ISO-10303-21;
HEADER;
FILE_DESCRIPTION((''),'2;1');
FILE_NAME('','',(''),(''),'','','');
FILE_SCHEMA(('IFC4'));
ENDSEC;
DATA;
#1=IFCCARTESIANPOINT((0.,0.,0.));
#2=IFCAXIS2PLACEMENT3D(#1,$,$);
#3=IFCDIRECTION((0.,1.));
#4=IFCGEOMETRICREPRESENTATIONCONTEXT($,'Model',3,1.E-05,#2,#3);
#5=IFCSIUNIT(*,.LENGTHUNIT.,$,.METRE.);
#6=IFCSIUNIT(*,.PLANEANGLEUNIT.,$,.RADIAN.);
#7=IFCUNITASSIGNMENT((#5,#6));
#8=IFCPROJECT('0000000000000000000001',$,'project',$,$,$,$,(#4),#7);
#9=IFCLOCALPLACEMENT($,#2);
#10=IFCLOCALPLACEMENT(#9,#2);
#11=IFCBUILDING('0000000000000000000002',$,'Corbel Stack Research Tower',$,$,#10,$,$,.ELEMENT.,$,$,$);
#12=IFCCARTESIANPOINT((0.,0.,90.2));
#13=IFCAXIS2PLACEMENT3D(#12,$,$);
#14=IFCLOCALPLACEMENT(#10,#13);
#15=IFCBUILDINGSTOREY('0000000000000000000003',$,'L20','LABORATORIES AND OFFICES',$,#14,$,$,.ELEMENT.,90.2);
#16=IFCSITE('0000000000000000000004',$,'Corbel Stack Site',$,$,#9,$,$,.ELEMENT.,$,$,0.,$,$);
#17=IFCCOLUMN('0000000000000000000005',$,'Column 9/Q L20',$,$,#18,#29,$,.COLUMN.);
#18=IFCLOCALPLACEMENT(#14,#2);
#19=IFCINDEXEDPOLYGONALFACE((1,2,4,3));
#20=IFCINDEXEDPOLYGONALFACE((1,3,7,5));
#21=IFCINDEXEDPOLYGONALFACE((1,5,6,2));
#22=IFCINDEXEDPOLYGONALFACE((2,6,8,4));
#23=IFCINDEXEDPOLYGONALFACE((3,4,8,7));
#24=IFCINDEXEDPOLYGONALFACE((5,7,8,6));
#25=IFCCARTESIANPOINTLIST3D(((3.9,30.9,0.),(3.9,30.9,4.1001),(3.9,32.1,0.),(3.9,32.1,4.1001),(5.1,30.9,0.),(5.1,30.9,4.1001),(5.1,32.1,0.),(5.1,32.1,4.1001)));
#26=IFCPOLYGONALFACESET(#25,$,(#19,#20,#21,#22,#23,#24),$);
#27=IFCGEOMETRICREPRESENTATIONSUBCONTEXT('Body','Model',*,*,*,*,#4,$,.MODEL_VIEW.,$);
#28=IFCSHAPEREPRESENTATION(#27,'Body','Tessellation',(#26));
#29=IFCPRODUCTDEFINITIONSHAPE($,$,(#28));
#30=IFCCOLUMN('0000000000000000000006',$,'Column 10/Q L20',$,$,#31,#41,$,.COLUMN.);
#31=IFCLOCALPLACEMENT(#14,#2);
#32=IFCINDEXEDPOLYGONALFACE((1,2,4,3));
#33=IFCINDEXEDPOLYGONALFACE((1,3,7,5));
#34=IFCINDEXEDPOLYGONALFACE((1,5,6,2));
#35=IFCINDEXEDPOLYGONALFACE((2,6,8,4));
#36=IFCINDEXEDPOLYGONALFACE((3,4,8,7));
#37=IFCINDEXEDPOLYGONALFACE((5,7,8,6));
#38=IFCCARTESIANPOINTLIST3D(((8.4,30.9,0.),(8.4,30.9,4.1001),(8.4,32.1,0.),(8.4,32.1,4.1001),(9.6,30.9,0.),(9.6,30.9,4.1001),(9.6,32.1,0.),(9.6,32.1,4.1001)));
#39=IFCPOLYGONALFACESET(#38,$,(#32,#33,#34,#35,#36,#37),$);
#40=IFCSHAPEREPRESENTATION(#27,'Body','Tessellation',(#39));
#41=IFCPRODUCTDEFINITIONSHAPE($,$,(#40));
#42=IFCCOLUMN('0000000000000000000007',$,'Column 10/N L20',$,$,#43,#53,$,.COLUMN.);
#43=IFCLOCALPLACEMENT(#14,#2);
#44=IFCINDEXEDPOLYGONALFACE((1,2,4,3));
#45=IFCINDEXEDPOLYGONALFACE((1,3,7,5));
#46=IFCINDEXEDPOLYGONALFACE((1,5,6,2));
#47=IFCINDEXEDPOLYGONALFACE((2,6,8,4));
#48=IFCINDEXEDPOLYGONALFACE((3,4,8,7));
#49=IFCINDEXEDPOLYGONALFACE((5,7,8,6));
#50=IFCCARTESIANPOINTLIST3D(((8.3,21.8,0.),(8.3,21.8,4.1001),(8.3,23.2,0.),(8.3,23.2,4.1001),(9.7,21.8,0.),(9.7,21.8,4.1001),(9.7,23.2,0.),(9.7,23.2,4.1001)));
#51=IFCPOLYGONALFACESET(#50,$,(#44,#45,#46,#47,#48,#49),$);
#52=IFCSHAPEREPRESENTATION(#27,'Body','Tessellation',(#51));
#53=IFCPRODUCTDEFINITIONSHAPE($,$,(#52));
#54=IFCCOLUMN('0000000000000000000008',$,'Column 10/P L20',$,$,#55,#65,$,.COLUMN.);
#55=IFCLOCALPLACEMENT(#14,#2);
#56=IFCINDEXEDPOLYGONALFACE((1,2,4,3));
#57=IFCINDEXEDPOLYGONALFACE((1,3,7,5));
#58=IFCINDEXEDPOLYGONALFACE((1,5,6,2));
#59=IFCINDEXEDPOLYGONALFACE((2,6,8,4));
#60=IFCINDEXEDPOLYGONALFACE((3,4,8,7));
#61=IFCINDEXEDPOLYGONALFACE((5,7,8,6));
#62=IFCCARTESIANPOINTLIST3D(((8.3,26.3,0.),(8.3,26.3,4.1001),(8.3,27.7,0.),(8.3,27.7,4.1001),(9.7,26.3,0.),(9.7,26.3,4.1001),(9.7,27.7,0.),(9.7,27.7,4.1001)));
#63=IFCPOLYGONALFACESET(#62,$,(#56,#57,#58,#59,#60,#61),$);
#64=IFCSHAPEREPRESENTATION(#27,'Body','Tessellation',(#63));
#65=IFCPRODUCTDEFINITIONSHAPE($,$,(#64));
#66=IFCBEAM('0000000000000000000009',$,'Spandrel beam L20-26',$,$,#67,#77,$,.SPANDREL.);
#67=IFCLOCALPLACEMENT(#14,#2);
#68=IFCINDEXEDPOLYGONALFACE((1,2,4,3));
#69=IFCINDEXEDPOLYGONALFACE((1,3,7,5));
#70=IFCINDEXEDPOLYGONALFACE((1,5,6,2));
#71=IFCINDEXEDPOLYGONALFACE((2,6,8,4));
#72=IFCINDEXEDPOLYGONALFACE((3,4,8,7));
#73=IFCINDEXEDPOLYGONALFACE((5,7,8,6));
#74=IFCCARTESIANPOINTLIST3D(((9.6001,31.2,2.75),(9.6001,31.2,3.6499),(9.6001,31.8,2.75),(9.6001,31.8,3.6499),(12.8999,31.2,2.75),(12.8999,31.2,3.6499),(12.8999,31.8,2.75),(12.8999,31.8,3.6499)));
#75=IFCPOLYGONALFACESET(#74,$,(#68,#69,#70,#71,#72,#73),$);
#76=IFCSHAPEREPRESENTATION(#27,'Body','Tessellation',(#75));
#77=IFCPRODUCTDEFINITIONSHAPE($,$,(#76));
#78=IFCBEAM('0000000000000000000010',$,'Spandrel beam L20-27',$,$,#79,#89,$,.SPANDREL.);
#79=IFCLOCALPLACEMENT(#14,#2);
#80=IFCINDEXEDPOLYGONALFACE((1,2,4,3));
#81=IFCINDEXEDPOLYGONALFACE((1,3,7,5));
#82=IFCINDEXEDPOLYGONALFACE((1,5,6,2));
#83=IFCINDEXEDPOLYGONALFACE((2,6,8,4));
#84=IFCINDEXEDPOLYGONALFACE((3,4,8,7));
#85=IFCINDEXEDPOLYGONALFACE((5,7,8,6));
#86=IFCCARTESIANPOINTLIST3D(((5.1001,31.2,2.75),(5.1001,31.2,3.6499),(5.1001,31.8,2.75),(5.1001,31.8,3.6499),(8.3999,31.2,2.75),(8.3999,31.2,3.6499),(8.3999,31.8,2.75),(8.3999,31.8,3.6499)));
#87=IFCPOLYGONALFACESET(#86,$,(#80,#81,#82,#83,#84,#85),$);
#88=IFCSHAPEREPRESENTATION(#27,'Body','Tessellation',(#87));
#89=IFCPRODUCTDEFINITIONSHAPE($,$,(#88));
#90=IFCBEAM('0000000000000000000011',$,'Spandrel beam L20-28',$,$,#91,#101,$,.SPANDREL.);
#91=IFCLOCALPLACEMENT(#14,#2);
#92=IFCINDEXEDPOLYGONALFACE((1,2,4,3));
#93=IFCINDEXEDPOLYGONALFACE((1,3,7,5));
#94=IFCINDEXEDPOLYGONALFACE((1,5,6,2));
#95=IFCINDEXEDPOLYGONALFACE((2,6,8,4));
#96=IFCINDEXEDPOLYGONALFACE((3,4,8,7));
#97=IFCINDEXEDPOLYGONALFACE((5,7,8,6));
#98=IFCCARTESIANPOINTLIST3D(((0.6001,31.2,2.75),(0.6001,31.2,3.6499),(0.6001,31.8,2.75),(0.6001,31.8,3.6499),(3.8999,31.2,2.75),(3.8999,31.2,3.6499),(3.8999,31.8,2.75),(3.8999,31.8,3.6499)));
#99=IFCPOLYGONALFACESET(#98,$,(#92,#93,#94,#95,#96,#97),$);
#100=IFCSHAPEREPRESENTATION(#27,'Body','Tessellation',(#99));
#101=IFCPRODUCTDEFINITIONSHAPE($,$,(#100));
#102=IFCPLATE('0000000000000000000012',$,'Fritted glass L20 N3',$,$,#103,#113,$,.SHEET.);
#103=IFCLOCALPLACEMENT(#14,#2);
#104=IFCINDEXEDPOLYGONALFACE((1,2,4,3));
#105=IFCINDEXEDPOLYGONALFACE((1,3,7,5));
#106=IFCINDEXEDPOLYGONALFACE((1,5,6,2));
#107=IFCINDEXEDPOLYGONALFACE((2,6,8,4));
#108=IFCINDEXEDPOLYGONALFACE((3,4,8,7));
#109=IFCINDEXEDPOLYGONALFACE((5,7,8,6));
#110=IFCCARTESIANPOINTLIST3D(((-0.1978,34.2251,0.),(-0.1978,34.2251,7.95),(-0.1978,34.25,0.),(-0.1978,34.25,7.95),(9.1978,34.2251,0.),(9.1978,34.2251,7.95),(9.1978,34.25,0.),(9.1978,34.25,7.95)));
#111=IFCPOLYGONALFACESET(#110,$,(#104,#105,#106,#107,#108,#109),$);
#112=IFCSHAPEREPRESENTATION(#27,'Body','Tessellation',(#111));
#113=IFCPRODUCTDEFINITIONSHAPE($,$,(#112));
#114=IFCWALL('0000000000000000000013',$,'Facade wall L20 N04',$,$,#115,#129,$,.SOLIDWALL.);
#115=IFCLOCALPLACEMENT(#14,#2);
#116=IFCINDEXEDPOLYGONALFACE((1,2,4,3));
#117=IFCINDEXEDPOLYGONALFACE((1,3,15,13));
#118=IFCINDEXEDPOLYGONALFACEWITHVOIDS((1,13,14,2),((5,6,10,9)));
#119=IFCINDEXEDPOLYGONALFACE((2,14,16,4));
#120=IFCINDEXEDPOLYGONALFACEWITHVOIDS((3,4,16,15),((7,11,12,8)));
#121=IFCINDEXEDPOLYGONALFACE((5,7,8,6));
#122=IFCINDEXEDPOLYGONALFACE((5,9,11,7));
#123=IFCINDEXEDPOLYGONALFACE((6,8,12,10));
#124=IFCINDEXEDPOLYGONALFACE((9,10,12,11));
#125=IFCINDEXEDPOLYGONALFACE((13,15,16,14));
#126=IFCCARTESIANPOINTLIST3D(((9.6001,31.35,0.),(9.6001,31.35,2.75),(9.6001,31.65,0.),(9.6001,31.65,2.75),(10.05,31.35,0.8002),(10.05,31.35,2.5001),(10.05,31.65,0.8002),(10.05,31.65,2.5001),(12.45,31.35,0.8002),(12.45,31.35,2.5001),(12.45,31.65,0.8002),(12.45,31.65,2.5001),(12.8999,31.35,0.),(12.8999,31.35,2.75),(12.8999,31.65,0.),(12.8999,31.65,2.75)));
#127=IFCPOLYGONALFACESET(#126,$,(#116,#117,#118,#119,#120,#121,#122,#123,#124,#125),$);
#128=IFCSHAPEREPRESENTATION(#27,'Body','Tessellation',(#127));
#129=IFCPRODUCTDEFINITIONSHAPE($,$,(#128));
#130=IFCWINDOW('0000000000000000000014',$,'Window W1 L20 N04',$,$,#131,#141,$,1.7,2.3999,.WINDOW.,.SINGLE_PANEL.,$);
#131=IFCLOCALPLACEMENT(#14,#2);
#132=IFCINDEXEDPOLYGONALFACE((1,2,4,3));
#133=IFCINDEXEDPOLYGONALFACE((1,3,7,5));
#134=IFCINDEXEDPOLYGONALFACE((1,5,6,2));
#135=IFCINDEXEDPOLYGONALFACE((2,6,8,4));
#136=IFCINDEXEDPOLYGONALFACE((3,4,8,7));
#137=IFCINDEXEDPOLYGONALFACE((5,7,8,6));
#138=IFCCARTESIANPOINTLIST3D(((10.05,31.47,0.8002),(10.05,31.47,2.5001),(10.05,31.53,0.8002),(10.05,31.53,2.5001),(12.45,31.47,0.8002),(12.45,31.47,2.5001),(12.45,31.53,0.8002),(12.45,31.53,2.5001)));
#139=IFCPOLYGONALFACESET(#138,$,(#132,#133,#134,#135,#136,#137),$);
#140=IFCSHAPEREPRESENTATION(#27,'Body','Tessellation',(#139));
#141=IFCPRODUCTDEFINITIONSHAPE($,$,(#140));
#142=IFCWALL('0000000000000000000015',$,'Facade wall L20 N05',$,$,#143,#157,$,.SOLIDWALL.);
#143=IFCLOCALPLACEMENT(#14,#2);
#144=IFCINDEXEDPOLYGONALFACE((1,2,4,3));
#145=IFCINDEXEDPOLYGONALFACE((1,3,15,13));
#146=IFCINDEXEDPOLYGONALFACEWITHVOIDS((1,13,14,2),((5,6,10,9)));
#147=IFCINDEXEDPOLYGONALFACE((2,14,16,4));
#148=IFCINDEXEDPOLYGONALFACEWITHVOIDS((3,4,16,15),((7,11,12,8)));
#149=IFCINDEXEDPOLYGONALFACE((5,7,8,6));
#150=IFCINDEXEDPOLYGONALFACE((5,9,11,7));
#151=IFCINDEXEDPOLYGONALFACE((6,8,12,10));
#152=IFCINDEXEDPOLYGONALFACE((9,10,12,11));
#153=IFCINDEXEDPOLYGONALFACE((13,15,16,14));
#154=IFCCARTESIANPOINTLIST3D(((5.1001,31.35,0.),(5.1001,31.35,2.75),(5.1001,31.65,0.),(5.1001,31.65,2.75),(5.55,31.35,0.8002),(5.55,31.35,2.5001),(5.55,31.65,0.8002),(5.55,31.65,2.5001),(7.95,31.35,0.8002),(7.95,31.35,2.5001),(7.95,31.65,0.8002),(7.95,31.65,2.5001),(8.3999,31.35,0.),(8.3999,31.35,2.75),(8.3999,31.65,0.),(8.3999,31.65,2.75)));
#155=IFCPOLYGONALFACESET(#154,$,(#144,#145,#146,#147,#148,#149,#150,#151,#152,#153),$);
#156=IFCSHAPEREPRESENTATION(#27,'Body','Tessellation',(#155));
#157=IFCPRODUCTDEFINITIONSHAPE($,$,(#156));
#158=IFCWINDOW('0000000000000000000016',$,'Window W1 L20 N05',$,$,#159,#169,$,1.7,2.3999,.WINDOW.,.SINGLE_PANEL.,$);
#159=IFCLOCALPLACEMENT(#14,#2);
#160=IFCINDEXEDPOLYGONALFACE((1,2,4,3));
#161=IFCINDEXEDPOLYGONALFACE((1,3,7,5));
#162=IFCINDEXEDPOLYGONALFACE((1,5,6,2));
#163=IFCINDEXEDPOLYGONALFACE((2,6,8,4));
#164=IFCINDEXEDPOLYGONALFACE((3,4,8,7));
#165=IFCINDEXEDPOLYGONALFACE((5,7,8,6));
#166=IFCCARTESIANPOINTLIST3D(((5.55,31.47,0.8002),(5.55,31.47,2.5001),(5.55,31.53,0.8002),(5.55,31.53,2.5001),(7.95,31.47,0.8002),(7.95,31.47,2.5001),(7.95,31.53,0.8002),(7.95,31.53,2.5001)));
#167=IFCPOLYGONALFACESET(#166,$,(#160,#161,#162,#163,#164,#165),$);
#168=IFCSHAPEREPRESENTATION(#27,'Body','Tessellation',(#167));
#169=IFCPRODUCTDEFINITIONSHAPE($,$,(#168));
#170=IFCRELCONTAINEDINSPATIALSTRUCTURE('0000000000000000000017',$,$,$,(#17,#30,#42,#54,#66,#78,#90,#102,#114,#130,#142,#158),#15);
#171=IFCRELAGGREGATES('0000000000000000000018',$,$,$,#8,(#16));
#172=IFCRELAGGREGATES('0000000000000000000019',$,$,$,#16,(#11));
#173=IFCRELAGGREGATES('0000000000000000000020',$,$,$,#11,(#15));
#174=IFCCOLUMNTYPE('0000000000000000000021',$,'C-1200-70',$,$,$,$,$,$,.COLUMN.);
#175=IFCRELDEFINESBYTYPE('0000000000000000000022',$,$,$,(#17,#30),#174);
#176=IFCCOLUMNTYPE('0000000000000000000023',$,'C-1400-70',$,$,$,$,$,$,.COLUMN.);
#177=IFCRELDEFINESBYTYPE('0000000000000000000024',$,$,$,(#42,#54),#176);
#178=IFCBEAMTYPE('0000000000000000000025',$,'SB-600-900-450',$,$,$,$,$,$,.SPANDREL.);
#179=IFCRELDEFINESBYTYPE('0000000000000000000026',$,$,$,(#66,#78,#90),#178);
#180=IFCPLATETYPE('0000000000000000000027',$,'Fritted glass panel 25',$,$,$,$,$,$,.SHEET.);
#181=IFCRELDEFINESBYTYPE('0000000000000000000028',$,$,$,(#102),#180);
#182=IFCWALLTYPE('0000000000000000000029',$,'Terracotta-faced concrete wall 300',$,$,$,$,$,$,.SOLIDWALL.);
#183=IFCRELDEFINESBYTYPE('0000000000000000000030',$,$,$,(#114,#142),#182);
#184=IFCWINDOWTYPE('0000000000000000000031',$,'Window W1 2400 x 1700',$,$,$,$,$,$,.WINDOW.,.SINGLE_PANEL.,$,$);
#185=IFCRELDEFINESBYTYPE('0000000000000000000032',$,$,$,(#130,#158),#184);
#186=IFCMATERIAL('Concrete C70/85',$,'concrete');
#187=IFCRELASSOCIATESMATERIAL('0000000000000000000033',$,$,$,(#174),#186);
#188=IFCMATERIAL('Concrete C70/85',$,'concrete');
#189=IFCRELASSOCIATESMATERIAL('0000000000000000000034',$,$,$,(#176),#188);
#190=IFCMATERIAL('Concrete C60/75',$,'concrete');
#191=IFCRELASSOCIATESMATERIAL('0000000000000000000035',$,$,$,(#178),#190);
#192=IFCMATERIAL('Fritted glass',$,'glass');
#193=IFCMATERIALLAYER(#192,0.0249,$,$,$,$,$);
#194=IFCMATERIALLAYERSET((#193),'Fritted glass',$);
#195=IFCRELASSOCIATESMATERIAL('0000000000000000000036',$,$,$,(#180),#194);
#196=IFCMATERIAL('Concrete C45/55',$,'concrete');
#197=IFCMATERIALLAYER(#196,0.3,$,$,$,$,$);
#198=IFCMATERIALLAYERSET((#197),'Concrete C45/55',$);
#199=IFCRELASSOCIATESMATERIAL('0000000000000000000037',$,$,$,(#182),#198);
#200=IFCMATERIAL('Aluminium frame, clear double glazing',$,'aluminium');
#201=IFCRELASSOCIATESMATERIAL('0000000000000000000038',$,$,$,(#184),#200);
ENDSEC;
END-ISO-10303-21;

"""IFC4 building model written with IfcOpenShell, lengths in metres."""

from ifc_helpers import new_model, si_unit, direction, frame, frame_2d, origin, origin_2d, place, context, subcontext, project, spatial, rectangle, extrude, material, layer, layer_set, material_profile, profile_set, type_object, element, fill, save


model = new_model("IFC4")

# Units and contexts
model_context = context("Model", 3, precision=1e-05, world=origin(), true_north=direction((0.0, 1.0)))
body_context = subcontext(model_context, "Body", "Model", "MODEL_VIEW")
ifc_project = project(units=[si_unit("LENGTHUNIT", "METRE"), si_unit("PLANEANGLEUNIT", "RADIAN")], contexts=[model_context])

# Site, building, storey
site_placement = place(None, origin())
site = spatial("IfcSite", under=ifc_project, at=site_placement, Name="Corbel Stack Site", CompositionType="ELEMENT", RefElevation=0.0)
building_placement = place(site_placement, origin())
building = spatial("IfcBuilding", under=site, at=building_placement, Name="Corbel Stack Research Tower", CompositionType="ELEMENT")
storey_placement = place(building_placement, frame((0.0, 0.0, 90.2)))
storey = spatial("IfcBuildingStorey", under=building, at=storey_placement, Name="L20", Description="LABORATORIES AND OFFICES", CompositionType="ELEMENT", Elevation=90.2)

# Columns
ifc_material_1 = material(Name="Concrete C70/85", Category="concrete")
ifc_material_profile_1 = material_profile(ifc_material_1, rectangle(XDim=1.2, YDim=1.2, at=origin_2d()), Name="RC 1200 x 1200")
ifc_profile_set_1 = profile_set([ifc_material_profile_1], Name="Concrete C70/85")
column_type_1 = type_object("IfcColumnType", Name="C-1200-70", PredefinedType="COLUMN", material=ifc_profile_set_1)
for number, where, z_axis, x_axis, name in (
    (1, (4.5, 31.5, 0.0), (0.0, 0.0, 1.0), (1.0, 0.0, 0.0), "Column 9/Q L20"),
    (2, (9.0, 31.5, 0.0), (0.0, 0.0, 1.0), (1.0, 0.0, 0.0), "Column 10/Q L20"),
):
    element("IfcColumn", number, at=place(storey_placement, frame(where, z_axis=z_axis, x_axis=x_axis)), inside=storey, type_object=column_type_1, Name=name, PredefinedType="COLUMN", context=body_context, shape_type="SweptSolid", body=[
        extrude(rectangle(XDim=1.2, YDim=1.2, at=origin_2d()), origin(), (0.0, 0.0, 1.0), 4.1001),
    ])
ifc_material_2 = material(Name="Concrete C70/85", Category="concrete")
ifc_material_profile_2 = material_profile(ifc_material_2, rectangle(XDim=1.3999, YDim=1.3999, at=origin_2d()), Name="RC 1400 x 1400")
ifc_profile_set_2 = profile_set([ifc_material_profile_2], Name="Concrete C70/85")
column_type_2 = type_object("IfcColumnType", Name="C-1400-70", PredefinedType="COLUMN", material=ifc_profile_set_2)
for number, where, z_axis, x_axis, name in (
    (3, (9.0, 22.5, 0.0), (0.0, 0.0, 1.0), (1.0, 0.0, 0.0), "Column 10/N L20"),
    (4, (9.0, 27.0, 0.0), (0.0, 0.0, 1.0), (1.0, 0.0, 0.0), "Column 10/P L20"),
):
    element("IfcColumn", number, at=place(storey_placement, frame(where, z_axis=z_axis, x_axis=x_axis)), inside=storey, type_object=column_type_2, Name=name, PredefinedType="COLUMN", context=body_context, shape_type="SweptSolid", body=[
        extrude(rectangle(XDim=1.3999, YDim=1.3999, at=origin_2d()), origin(), (0.0, 0.0, 1.0), 4.1001),
    ])

# Beams
ifc_material_3 = material(Name="Concrete C60/75", Category="concrete")
ifc_material_profile_3 = material_profile(ifc_material_3, rectangle(XDim=0.6001, YDim=0.8999, at=origin_2d()), Name="RC 600 x 900")
ifc_profile_set_3 = profile_set([ifc_material_profile_3], Name="Concrete C60/75")
beam_type = type_object("IfcBeamType", Name="SB-600-900-450", PredefinedType="SPANDREL", material=ifc_profile_set_3)
for number, where, z_axis, x_axis, name in (
    (5, (12.8999, 31.5, 3.2), (-1.0, 0.0, 0.0), (0.0, -1.0, 0.0), "Spandrel beam L20-26"),
    (6, (8.3999, 31.5, 3.2), (-1.0, 0.0, 0.0), (0.0, -1.0, 0.0), "Spandrel beam L20-27"),
    (7, (3.8999, 31.5, 3.2), (-1.0, 0.0, 0.0), (0.0, -1.0, 0.0), "Spandrel beam L20-28"),
):
    element("IfcBeam", number, at=place(storey_placement, frame(where, z_axis=z_axis, x_axis=x_axis)), inside=storey, type_object=beam_type, Name=name, PredefinedType="SPANDREL", context=body_context, shape_type="SweptSolid", body=[
        extrude(rectangle(XDim=0.6001, YDim=0.8999, at=origin_2d()), origin(), (0.0, 0.0, 1.0), 3.2998),
    ])

# Plate
ifc_material_4 = material(Name="Fritted glass", Category="glass")
ifc_layer_1 = layer(ifc_material_4, 0.0249)
ifc_layer_set_1 = layer_set([ifc_layer_1], Name="Fritted glass")
plate_type = type_object("IfcPlateType", Name="Fritted glass panel 25", PredefinedType="SHEET", material=ifc_layer_set_1)
plate_placement = place(storey_placement, frame((4.5, 34.2375, 0.0), z_axis=(0.0, 0.0, 1.0), x_axis=(-1.0, 0.0, 0.0)))
element("IfcPlate", 8, at=plate_placement, inside=storey, type_object=plate_type, Name="Fritted glass L20 N3", PredefinedType="SHEET", context=body_context, shape_type="SweptSolid", body=[
    extrude(rectangle(XDim=9.3955, YDim=0.0249, at=origin_2d()), origin(), (0.0, 0.0, 1.0), 7.95),
])

# Walls, openings, windows
ifc_material_5 = material(Name="Concrete C45/55", Category="concrete")
ifc_layer_2 = layer(ifc_material_5, 0.3)
ifc_layer_set_2 = layer_set([ifc_layer_2], Name="Concrete C45/55")
wall_type = type_object("IfcWallType", Name="Terracotta-faced concrete wall 300", PredefinedType="SOLIDWALL", material=ifc_layer_set_2)
wall_1_placement = place(storey_placement, frame((9.6001, 31.5, 0.0), z_axis=(0.0, 0.0, 1.0), x_axis=(1.0, 0.0, 0.0)))
wall_1 = element("IfcWall", 9, at=wall_1_placement, inside=storey, type_object=wall_type, Name="Facade wall L20 N04", PredefinedType="SOLIDWALL", context=body_context, shape_type="SweptSolid", body=[
    extrude(rectangle(XDim=3.2998, YDim=0.3, at=frame_2d((1.6499, 0.0))), origin(), (0.0, 0.0, 1.0), 2.75),
])
opening_1_placement = place(wall_1_placement, frame((0.45, 0.0, 0.8)))
opening_1 = element("IfcOpeningElement", 10, at=opening_1_placement, cuts=wall_1, PredefinedType="OPENING", context=body_context, shape_type="SweptSolid", body=[
    extrude(rectangle(XDim=2.3999, YDim=1.7, at=frame_2d((1.2, 0.8501))), frame((0.0, 0.1599, 0.0), z_axis=(0.0, -1.0, 0.0), x_axis=(1.0, 0.0, 0.0)), (0.0, 0.0, 1.0), 0.3201),
])
ifc_material_6 = material(Name="Aluminium frame, clear double glazing", Category="aluminium")
window_type = type_object("IfcWindowType", Name="Window W1 2400 x 1700", PartitioningType="SINGLE_PANEL", PredefinedType="WINDOW", material=ifc_material_6)
window_1_placement = place(opening_1_placement, origin())
window_1 = element("IfcWindow", 11, at=window_1_placement, inside=storey, type_object=window_type, Name="Window W1 L20 N04", OverallHeight=1.7, OverallWidth=2.3999, PartitioningType="SINGLE_PANEL", PredefinedType="WINDOW", context=body_context, shape_type="SweptSolid", body=[
    extrude(rectangle(XDim=2.3999, YDim=1.7, at=frame_2d((1.2, 0.8501))), frame((0.0, 0.03, 0.0), z_axis=(0.0, -1.0, 0.0), x_axis=(1.0, 0.0, 0.0)), (0.0, 0.0, 1.0), 0.0601),
])
fill(opening_1, window_1)
wall_2_placement = place(storey_placement, frame((5.1001, 31.5, 0.0), z_axis=(0.0, 0.0, 1.0), x_axis=(1.0, 0.0, 0.0)))
wall_2 = element("IfcWall", 12, at=wall_2_placement, inside=storey, type_object=wall_type, Name="Facade wall L20 N05", PredefinedType="SOLIDWALL", context=body_context, shape_type="SweptSolid", body=[
    extrude(rectangle(XDim=3.2998, YDim=0.3, at=frame_2d((1.6499, 0.0))), origin(), (0.0, 0.0, 1.0), 2.75),
])
opening_2_placement = place(wall_2_placement, frame((0.45, 0.0, 0.8)))
opening_2 = element("IfcOpeningElement", 13, at=opening_2_placement, cuts=wall_2, PredefinedType="OPENING", context=body_context, shape_type="SweptSolid", body=[
    extrude(rectangle(XDim=2.3999, YDim=1.7, at=frame_2d((1.2, 0.8501))), frame((0.0, 0.1599, 0.0), z_axis=(0.0, -1.0, 0.0), x_axis=(1.0, 0.0, 0.0)), (0.0, 0.0, 1.0), 0.3201),
])
window_2_placement = place(opening_2_placement, origin())
window_2 = element("IfcWindow", 14, at=window_2_placement, inside=storey, type_object=window_type, Name="Window W1 L20 N05", OverallHeight=1.7, OverallWidth=2.3999, PartitioningType="SINGLE_PANEL", PredefinedType="WINDOW", context=body_context, shape_type="SweptSolid", body=[
    extrude(rectangle(XDim=2.3999, YDim=1.7, at=frame_2d((1.2, 0.8501))), frame((0.0, 0.03, 0.0), z_axis=(0.0, -1.0, 0.0), x_axis=(1.0, 0.0, 0.0)), (0.0, 0.0, 1.0), 0.0601),
])
fill(opening_2, window_2)

save(model, "model.ifc")
